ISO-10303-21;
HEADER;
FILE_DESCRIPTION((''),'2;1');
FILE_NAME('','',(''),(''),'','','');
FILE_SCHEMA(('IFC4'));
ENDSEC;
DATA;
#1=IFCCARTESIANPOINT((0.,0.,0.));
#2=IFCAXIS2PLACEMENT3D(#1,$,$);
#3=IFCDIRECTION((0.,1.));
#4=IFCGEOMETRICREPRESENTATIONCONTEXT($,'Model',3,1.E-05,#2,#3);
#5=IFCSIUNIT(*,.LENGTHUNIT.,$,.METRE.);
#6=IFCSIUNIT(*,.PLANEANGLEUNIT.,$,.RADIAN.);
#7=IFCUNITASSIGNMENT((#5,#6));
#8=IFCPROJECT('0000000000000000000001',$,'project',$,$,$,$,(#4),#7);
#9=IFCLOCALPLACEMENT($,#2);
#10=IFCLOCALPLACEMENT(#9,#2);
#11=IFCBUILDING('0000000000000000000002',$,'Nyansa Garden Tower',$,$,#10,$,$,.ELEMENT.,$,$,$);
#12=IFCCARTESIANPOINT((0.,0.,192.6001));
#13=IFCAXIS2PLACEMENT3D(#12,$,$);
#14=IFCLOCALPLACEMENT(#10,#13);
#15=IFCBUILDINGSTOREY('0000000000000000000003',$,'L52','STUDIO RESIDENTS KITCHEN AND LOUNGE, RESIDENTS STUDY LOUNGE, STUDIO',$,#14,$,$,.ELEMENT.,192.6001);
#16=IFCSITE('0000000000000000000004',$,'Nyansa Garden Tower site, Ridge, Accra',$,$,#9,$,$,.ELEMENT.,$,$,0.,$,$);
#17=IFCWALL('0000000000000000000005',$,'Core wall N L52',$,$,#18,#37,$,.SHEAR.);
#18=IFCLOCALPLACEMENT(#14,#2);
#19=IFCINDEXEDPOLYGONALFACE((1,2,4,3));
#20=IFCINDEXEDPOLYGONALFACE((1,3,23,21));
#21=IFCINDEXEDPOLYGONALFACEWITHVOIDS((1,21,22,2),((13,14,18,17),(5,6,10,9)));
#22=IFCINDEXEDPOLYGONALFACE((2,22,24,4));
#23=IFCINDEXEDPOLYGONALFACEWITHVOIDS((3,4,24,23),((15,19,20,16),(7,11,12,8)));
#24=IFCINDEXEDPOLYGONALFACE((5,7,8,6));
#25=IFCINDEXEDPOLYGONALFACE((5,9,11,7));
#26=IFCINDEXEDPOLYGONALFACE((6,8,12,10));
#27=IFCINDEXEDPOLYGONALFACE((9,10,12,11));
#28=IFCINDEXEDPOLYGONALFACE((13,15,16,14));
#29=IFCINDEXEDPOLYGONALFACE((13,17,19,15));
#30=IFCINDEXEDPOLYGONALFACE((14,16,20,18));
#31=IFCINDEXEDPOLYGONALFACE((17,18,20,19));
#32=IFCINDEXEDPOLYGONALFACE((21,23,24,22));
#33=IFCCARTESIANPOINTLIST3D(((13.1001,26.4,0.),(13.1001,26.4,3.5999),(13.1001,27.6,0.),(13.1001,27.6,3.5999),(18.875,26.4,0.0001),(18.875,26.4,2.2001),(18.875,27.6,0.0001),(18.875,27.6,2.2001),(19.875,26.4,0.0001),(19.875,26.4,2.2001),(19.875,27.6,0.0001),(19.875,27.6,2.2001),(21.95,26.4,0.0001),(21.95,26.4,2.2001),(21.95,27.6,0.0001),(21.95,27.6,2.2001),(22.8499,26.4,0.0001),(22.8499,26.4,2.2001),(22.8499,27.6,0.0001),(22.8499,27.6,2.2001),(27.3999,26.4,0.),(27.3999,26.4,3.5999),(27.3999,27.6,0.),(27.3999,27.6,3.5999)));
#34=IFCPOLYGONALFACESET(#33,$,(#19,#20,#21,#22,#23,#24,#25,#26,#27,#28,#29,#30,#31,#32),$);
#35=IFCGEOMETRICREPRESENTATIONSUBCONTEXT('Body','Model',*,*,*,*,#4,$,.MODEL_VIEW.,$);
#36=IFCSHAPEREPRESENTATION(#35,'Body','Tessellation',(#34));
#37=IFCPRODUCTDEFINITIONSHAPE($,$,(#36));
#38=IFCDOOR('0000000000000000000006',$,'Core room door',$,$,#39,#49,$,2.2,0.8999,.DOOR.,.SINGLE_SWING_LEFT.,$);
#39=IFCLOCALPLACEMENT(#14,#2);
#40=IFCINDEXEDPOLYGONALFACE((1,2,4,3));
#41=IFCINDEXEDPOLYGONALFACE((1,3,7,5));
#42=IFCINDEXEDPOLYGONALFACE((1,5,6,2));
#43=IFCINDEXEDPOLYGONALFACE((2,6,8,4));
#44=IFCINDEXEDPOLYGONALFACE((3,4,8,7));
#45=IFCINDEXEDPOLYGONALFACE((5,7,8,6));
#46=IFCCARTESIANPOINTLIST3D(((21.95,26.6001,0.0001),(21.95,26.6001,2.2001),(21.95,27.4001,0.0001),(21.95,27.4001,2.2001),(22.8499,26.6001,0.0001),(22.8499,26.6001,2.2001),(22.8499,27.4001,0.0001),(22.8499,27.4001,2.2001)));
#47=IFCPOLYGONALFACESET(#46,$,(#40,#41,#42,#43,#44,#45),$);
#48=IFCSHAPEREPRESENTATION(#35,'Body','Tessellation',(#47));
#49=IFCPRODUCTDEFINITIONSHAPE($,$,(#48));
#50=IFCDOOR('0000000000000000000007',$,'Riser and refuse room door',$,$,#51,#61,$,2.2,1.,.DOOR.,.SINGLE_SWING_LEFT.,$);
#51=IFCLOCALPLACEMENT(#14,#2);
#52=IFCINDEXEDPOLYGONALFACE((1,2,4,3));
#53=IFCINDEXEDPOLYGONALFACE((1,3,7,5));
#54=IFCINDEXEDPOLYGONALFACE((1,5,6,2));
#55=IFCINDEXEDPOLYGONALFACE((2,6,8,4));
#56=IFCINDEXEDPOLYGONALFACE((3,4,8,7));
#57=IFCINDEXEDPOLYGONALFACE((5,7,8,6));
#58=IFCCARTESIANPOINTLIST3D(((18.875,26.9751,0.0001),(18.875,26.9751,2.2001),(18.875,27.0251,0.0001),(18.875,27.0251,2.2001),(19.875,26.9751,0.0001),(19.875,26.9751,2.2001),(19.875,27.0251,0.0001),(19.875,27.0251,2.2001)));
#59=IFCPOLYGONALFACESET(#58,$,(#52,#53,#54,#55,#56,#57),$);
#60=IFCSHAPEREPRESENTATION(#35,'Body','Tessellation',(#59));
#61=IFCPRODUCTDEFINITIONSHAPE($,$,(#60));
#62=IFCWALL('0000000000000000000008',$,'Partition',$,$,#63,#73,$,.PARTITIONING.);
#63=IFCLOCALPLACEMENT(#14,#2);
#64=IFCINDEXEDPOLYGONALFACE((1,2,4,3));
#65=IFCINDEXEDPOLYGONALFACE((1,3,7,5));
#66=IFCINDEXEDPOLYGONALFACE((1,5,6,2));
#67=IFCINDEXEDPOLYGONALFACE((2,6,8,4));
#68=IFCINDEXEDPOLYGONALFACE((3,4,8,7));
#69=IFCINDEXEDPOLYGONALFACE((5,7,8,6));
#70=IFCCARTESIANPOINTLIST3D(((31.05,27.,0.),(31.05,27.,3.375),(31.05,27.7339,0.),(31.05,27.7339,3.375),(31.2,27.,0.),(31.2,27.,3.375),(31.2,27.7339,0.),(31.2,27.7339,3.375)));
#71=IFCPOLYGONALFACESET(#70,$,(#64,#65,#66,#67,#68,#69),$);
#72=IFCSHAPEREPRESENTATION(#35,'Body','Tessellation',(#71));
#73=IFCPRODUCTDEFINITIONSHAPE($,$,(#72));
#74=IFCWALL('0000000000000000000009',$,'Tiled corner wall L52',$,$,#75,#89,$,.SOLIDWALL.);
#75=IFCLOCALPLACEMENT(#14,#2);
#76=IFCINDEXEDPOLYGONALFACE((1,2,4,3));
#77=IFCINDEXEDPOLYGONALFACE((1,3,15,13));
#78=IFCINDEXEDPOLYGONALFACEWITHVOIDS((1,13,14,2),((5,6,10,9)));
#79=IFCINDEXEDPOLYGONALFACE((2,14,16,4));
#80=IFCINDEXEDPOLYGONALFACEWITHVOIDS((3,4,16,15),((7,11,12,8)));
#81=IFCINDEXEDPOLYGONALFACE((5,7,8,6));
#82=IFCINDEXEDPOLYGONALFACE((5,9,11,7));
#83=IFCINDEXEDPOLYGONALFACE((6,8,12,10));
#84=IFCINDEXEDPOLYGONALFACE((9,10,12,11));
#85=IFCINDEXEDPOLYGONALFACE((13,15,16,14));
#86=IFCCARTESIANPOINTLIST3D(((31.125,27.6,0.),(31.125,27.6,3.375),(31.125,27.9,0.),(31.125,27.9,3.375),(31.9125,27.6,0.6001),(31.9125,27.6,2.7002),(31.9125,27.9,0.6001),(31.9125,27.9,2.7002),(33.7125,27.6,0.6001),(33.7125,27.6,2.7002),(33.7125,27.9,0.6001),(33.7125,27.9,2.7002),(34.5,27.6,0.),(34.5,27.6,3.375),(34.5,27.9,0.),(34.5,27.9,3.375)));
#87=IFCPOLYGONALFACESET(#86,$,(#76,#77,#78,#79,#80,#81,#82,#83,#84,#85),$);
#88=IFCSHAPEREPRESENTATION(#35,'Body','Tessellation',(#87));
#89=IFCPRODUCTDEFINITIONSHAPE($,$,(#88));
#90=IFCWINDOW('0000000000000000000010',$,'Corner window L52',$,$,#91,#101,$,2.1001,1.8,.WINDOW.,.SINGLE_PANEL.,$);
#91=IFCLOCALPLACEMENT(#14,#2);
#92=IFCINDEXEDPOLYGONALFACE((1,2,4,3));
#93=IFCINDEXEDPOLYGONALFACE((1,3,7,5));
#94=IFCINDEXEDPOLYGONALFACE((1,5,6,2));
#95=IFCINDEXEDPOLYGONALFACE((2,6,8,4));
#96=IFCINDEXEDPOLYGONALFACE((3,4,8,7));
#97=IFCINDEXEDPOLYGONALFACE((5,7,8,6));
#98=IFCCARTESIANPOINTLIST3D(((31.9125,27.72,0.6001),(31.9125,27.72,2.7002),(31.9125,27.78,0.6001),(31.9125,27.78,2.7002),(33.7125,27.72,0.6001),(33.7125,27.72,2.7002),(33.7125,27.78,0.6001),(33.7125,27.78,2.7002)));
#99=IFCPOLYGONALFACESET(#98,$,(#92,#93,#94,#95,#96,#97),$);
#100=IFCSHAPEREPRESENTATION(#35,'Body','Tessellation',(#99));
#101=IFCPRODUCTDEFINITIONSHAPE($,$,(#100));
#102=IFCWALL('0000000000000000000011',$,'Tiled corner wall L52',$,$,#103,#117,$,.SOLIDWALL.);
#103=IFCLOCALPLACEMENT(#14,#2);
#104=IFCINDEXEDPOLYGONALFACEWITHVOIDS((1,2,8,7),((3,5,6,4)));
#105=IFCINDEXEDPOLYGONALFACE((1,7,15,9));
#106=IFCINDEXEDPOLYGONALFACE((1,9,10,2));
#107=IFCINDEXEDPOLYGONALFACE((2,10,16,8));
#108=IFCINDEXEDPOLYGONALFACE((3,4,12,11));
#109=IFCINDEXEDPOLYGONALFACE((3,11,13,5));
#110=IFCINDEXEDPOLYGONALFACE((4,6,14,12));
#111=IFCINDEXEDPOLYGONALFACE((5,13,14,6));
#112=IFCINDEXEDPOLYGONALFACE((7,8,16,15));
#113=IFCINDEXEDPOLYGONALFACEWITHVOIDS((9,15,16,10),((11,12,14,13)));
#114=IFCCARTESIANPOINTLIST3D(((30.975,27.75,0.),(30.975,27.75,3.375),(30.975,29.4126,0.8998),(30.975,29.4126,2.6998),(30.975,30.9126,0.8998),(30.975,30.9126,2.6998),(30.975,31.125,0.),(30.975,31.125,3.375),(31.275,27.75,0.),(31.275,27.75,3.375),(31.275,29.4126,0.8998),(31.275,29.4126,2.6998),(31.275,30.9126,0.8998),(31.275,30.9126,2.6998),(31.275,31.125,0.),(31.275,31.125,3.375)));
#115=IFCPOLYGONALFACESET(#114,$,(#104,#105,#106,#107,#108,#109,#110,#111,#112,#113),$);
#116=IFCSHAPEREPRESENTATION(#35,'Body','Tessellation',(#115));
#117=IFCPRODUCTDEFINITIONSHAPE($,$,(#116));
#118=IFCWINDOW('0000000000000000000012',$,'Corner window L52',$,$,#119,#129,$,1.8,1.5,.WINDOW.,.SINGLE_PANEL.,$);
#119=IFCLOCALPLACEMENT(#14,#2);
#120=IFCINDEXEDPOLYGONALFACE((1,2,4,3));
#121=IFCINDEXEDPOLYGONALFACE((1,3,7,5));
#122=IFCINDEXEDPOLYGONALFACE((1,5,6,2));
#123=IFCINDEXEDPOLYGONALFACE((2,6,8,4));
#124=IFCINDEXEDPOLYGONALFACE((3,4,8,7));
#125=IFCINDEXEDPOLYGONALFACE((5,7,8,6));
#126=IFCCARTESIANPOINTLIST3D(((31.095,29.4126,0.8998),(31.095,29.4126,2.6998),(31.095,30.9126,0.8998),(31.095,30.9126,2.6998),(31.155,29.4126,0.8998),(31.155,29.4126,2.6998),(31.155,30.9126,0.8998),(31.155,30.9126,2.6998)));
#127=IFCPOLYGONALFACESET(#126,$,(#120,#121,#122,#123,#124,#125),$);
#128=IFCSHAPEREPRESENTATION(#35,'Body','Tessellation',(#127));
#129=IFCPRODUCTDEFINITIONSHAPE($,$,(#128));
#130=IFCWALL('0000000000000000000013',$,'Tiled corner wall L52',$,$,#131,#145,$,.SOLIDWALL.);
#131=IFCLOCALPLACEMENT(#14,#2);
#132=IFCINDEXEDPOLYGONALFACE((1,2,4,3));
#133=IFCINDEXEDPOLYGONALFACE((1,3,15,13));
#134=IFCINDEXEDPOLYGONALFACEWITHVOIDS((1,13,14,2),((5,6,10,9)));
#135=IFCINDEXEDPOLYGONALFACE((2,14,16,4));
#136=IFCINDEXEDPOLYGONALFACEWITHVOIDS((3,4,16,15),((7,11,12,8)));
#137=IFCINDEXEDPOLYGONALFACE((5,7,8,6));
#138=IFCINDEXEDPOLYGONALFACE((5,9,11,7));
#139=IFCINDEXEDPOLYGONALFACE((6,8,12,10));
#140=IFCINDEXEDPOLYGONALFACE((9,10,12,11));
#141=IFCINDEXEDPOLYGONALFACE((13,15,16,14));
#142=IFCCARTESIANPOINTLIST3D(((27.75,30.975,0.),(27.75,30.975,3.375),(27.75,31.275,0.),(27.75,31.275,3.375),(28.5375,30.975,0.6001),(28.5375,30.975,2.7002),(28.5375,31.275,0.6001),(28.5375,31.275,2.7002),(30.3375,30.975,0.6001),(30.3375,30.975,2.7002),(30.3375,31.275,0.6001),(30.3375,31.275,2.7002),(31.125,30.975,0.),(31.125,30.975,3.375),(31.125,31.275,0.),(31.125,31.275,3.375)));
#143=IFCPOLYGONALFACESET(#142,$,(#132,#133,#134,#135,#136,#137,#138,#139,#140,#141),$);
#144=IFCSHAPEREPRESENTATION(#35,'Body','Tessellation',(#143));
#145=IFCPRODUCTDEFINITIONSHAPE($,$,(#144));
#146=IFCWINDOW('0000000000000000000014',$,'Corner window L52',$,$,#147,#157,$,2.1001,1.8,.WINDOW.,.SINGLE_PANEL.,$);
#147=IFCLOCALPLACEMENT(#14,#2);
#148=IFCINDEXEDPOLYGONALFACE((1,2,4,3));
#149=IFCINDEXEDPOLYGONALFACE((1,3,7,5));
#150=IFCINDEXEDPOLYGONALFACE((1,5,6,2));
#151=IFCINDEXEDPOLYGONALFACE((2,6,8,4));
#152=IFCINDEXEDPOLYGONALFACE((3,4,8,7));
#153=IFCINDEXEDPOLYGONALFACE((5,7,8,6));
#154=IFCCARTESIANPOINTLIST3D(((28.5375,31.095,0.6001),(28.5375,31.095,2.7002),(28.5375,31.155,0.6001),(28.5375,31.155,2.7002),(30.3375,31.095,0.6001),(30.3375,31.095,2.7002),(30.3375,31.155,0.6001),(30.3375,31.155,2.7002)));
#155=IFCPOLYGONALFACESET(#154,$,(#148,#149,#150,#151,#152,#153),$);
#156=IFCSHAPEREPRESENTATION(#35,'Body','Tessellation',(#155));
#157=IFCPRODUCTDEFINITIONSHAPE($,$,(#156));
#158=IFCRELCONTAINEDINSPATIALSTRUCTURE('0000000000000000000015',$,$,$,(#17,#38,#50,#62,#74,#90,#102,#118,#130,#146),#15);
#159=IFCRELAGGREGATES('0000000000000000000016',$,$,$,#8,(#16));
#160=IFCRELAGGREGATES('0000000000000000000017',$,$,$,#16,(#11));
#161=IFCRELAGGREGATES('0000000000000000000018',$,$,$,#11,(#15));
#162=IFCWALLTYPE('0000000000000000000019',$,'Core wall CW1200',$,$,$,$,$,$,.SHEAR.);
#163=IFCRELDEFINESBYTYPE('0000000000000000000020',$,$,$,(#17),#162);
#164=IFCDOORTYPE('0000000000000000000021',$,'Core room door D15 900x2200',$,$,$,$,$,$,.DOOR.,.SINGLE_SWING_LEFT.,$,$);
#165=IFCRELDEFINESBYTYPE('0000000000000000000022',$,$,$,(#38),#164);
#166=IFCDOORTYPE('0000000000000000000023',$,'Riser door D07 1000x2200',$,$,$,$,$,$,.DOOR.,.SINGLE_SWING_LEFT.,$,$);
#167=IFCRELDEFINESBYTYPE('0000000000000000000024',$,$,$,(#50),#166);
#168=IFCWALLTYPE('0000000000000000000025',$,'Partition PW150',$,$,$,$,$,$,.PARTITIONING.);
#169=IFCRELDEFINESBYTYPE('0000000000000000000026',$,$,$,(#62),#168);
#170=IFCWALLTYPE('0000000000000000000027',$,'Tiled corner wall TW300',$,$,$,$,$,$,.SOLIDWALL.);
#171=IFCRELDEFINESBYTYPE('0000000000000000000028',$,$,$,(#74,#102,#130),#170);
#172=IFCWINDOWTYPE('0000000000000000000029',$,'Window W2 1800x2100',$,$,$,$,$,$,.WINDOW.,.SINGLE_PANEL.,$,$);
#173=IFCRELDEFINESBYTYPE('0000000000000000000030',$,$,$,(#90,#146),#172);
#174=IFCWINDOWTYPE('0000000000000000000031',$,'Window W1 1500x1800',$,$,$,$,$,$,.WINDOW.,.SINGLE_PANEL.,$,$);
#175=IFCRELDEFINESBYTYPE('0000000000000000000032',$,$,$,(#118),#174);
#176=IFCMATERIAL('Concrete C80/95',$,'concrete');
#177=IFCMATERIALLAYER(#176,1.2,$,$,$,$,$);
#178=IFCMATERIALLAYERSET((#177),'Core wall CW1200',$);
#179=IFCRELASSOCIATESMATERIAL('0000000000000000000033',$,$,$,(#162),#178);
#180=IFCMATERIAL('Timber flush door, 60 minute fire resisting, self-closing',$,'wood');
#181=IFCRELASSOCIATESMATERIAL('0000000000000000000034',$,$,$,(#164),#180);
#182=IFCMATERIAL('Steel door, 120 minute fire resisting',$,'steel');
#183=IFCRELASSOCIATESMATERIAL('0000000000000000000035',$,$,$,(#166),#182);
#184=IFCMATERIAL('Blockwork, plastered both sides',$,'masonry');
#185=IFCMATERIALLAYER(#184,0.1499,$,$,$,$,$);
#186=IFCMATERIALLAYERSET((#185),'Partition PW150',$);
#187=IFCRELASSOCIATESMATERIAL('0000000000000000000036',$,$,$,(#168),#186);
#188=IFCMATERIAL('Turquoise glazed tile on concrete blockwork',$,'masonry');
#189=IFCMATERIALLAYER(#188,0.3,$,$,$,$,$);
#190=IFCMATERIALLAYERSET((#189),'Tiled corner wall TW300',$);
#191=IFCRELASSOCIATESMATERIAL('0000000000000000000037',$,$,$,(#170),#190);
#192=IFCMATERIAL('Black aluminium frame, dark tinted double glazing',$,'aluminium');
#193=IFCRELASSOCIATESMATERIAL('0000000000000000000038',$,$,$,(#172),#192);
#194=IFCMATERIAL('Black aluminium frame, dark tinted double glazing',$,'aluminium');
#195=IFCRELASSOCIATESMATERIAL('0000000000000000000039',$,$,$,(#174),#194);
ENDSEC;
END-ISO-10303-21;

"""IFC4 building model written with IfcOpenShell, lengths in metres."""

from ifc_helpers import new_model, si_unit, direction, frame, frame_2d, origin, place, context, subcontext, project, spatial, rectangle, extrude, material, layer, layer_set, type_object, element, fill, save


model = new_model("IFC4")

# Units and contexts
model_context = context("Model", 3, precision=1e-05, world=origin(), true_north=direction((0.0, 1.0)))
body_context = subcontext(model_context, "Body", "Model", "MODEL_VIEW")
ifc_project = project(units=[si_unit("LENGTHUNIT", "METRE"), si_unit("PLANEANGLEUNIT", "RADIAN")], contexts=[model_context])

# Site, building, storey
site_placement = place(None, origin())
site = spatial("IfcSite", under=ifc_project, at=site_placement, Name="Nyansa Garden Tower site, Ridge, Accra", CompositionType="ELEMENT", RefElevation=0.0)
building_placement = place(site_placement, origin())
building = spatial("IfcBuilding", under=site, at=building_placement, Name="Nyansa Garden Tower", CompositionType="ELEMENT")
storey_placement = place(building_placement, frame((0.0, 0.0, 192.6001)))
storey = spatial("IfcBuildingStorey", under=building, at=storey_placement, Name="L52", Description="STUDIO RESIDENTS KITCHEN AND LOUNGE, RESIDENTS STUDY LOUNGE, STUDIO", CompositionType="ELEMENT", Elevation=192.6001)

# Wall, openings, doors
ifc_material_1 = material(Name="Concrete C80/95", Category="concrete")
ifc_layer_1 = layer(ifc_material_1, 1.2)
ifc_layer_set_1 = layer_set([ifc_layer_1], Name="Core wall CW1200")
wall_type_1 = type_object("IfcWallType", Name="Core wall CW1200", PredefinedType="SHEAR", material=ifc_layer_set_1)
wall_1_placement = place(storey_placement, frame((27.3999, 27.0, 0.0), z_axis=(0.0, 0.0, 1.0), x_axis=(-1.0, 0.0, 0.0)))
wall_1 = element("IfcWall", 1, at=wall_1_placement, inside=storey, type_object=wall_type_1, Name="Core wall N L52", PredefinedType="SHEAR", context=body_context, shape_type="SweptSolid", body=[
    extrude(rectangle(XDim=14.2998, YDim=1.2, at=frame_2d((7.1499, 0.0))), origin(), (0.0, 0.0, 1.0), 3.5999),
])
opening_1_placement = place(wall_1_placement, frame((4.55, 0.0, 0.0)))
opening_1 = element("IfcOpeningElement", 2, at=opening_1_placement, cuts=wall_1, PredefinedType="OPENING", context=body_context, shape_type="SweptSolid", body=[
    extrude(rectangle(XDim=0.8999, YDim=2.2, at=frame_2d((0.45, 1.1001))), frame((0.0, 0.6099, 0.0), z_axis=(0.0, -1.0, 0.0), x_axis=(1.0, 0.0, 0.0)), (0.0, 0.0, 1.0), 1.22),
])
opening_2_placement = place(wall_1_placement, frame((7.5249, 0.0, 0.0)))
opening_2 = element("IfcOpeningElement", 3, at=opening_2_placement, cuts=wall_1, PredefinedType="OPENING", context=body_context, shape_type="SweptSolid", body=[
    extrude(rectangle(XDim=1.0, YDim=2.2, at=frame_2d((0.5, 1.1001))), frame((0.0, 0.6099, 0.0), z_axis=(0.0, -1.0, 0.0), x_axis=(1.0, 0.0, 0.0)), (0.0, 0.0, 1.0), 1.22),
])
ifc_material_2 = material(Name="Timber flush door, 60 minute fire resisting, self-closing", Category="wood")
door_type_1 = type_object("IfcDoorType", Name="Core room door D15 900x2200", OperationType="SINGLE_SWING_LEFT", PredefinedType="DOOR", material=ifc_material_2)
door_1_placement = place(opening_1_placement, origin())
door_1 = element("IfcDoor", 4, at=door_1_placement, inside=storey, type_object=door_type_1, Name="Core room door", OperationType="SINGLE_SWING_LEFT", OverallHeight=2.2, OverallWidth=0.8999, PredefinedType="DOOR", context=body_context, shape_type="SweptSolid", body=[
    extrude(rectangle(XDim=0.8999, YDim=2.2, at=frame_2d((0.45, 1.1001))), frame((0.0, 0.3999, 0.0), z_axis=(0.0, -1.0, 0.0), x_axis=(1.0, 0.0, 0.0)), (0.0, 0.0, 1.0), 0.8),
])
fill(opening_1, door_1)
ifc_material_3 = material(Name="Steel door, 120 minute fire resisting", Category="steel")
door_type_2 = type_object("IfcDoorType", Name="Riser door D07 1000x2200", OperationType="SINGLE_SWING_LEFT", PredefinedType="DOOR", material=ifc_material_3)
door_2_placement = place(opening_2_placement, origin())
door_2 = element("IfcDoor", 5, at=door_2_placement, inside=storey, type_object=door_type_2, Name="Riser and refuse room door", OperationType="SINGLE_SWING_LEFT", OverallHeight=2.2, OverallWidth=1.0, PredefinedType="DOOR", context=body_context, shape_type="SweptSolid", body=[
    extrude(rectangle(XDim=1.0, YDim=2.2, at=frame_2d((0.5, 1.1001))), frame((0.0, 0.0249, 0.0), z_axis=(0.0, -1.0, 0.0), x_axis=(1.0, 0.0, 0.0)), (0.0, 0.0, 1.0), 0.05),
])
fill(opening_2, door_2)

# Wall
ifc_material_4 = material(Name="Blockwork, plastered both sides", Category="masonry")
ifc_layer_2 = layer(ifc_material_4, 0.1499)
ifc_layer_set_2 = layer_set([ifc_layer_2], Name="Partition PW150")
wall_type_2 = type_object("IfcWallType", Name="Partition PW150", PredefinedType="PARTITIONING", material=ifc_layer_set_2)
wall_2_placement = place(storey_placement, frame((31.125, 27.0, 0.0), z_axis=(0.0, 0.0, 1.0), x_axis=(0.0, 1.0, 0.0)))
element("IfcWall", 6, at=wall_2_placement, inside=storey, type_object=wall_type_2, Name="Partition", PredefinedType="PARTITIONING", context=body_context, shape_type="SweptSolid", body=[
    extrude(rectangle(XDim=0.7339, YDim=0.1499, at=frame_2d((0.3669, 0.0))), origin(), (0.0, 0.0, 1.0), 3.375),
])

# Walls, openings, windows
ifc_material_5 = material(Name="Turquoise glazed tile on concrete blockwork", Category="masonry")
ifc_layer_3 = layer(ifc_material_5, 0.3)
ifc_layer_set_3 = layer_set([ifc_layer_3], Name="Tiled corner wall TW300")
wall_type_3 = type_object("IfcWallType", Name="Tiled corner wall TW300", PredefinedType="SOLIDWALL", material=ifc_layer_set_3)
wall_3_placement = place(storey_placement, frame((34.5, 27.75, 0.0), z_axis=(0.0, 0.0, 1.0), x_axis=(-1.0, 0.0, 0.0)))
wall_3 = element("IfcWall", 7, at=wall_3_placement, inside=storey, type_object=wall_type_3, Name="Tiled corner wall L52", PredefinedType="SOLIDWALL", context=body_context, shape_type="SweptSolid", body=[
    extrude(rectangle(XDim=3.375, YDim=0.3, at=frame_2d((1.6875, 0.0))), origin(), (0.0, 0.0, 1.0), 3.375),
])
opening_3_placement = place(wall_3_placement, frame((0.7876, 0.0, 0.6001)))
opening_3 = element("IfcOpeningElement", 8, at=opening_3_placement, cuts=wall_3, PredefinedType="OPENING", context=body_context, shape_type="SweptSolid", body=[
    extrude(rectangle(XDim=1.8, YDim=2.1001, at=frame_2d((0.8999, 1.05))), frame((0.0, 0.1599, 0.0), z_axis=(0.0, -1.0, 0.0), x_axis=(1.0, 0.0, 0.0)), (0.0, 0.0, 1.0), 0.3201),
])
ifc_material_6 = material(Name="Black aluminium frame, dark tinted double glazing", Category="aluminium")
window_type_1 = type_object("IfcWindowType", Name="Window W2 1800x2100", PartitioningType="SINGLE_PANEL", PredefinedType="WINDOW", material=ifc_material_6)
window_1_placement = place(opening_3_placement, origin())
window_1 = element("IfcWindow", 9, at=window_1_placement, inside=storey, type_object=window_type_1, Name="Corner window L52", OverallHeight=2.1001, OverallWidth=1.8, PartitioningType="SINGLE_PANEL", PredefinedType="WINDOW", context=body_context, shape_type="SweptSolid", body=[
    extrude(rectangle(XDim=1.8, YDim=2.1001, at=frame_2d((0.8999, 1.05))), frame((0.0, 0.03, 0.0), z_axis=(0.0, -1.0, 0.0), x_axis=(1.0, 0.0, 0.0)), (0.0, 0.0, 1.0), 0.0601),
])
fill(opening_3, window_1)
wall_4_placement = place(storey_placement, frame((31.125, 27.75, 0.0), z_axis=(0.0, 0.0, 1.0), x_axis=(0.0, 1.0, 0.0)))
wall_4 = element("IfcWall", 10, at=wall_4_placement, inside=storey, type_object=wall_type_3, Name="Tiled corner wall L52", PredefinedType="SOLIDWALL", context=body_context, shape_type="SweptSolid", body=[
    extrude(rectangle(XDim=3.375, YDim=0.3, at=frame_2d((1.6875, 0.0))), origin(), (0.0, 0.0, 1.0), 3.375),
])
opening_4_placement = place(wall_4_placement, frame((1.6626, 0.0, 0.8999)))
opening_4 = element("IfcOpeningElement", 11, at=opening_4_placement, cuts=wall_4, PredefinedType="OPENING", context=body_context, shape_type="SweptSolid", body=[
    extrude(rectangle(XDim=1.5, YDim=1.8, at=frame_2d((0.75, 0.8999))), frame((0.0, 0.1599, 0.0), z_axis=(0.0, -1.0, 0.0), x_axis=(1.0, 0.0, 0.0)), (0.0, 0.0, 1.0), 0.3201),
])
ifc_material_7 = material(Name="Black aluminium frame, dark tinted double glazing", Category="aluminium")
window_type_2 = type_object("IfcWindowType", Name="Window W1 1500x1800", PartitioningType="SINGLE_PANEL", PredefinedType="WINDOW", material=ifc_material_7)
window_2_placement = place(opening_4_placement, origin())
window_2 = element("IfcWindow", 12, at=window_2_placement, inside=storey, type_object=window_type_2, Name="Corner window L52", OverallHeight=1.8, OverallWidth=1.5, PartitioningType="SINGLE_PANEL", PredefinedType="WINDOW", context=body_context, shape_type="SweptSolid", body=[
    extrude(rectangle(XDim=1.5, YDim=1.8, at=frame_2d((0.75, 0.8999))), frame((0.0, 0.03, 0.0), z_axis=(0.0, -1.0, 0.0), x_axis=(1.0, 0.0, 0.0)), (0.0, 0.0, 1.0), 0.0601),
])
fill(opening_4, window_2)
wall_5_placement = place(storey_placement, frame((31.125, 31.125, 0.0), z_axis=(0.0, 0.0, 1.0), x_axis=(-1.0, 0.0, 0.0)))
wall_5 = element("IfcWall", 13, at=wall_5_placement, inside=storey, type_object=wall_type_3, Name="Tiled corner wall L52", PredefinedType="SOLIDWALL", context=body_context, shape_type="SweptSolid", body=[
    extrude(rectangle(XDim=3.375, YDim=0.3, at=frame_2d((1.6875, 0.0))), origin(), (0.0, 0.0, 1.0), 3.375),
])
opening_5_placement = place(wall_5_placement, frame((0.7876, 0.0, 0.6001)))
opening_5 = element("IfcOpeningElement", 14, at=opening_5_placement, cuts=wall_5, PredefinedType="OPENING", context=body_context, shape_type="SweptSolid", body=[
    extrude(rectangle(XDim=1.8, YDim=2.1001, at=frame_2d((0.8999, 1.05))), frame((0.0, 0.1599, 0.0), z_axis=(0.0, -1.0, 0.0), x_axis=(1.0, 0.0, 0.0)), (0.0, 0.0, 1.0), 0.3201),
])
window_3_placement = place(opening_5_placement, origin())
window_3 = element("IfcWindow", 15, at=window_3_placement, inside=storey, type_object=window_type_1, Name="Corner window L52", OverallHeight=2.1001, OverallWidth=1.8, PartitioningType="SINGLE_PANEL", PredefinedType="WINDOW", context=body_context, shape_type="SweptSolid", body=[
    extrude(rectangle(XDim=1.8, YDim=2.1001, at=frame_2d((0.8999, 1.05))), frame((0.0, 0.03, 0.0), z_axis=(0.0, -1.0, 0.0), x_axis=(1.0, 0.0, 0.0)), (0.0, 0.0, 1.0), 0.0601),
])
fill(opening_5, window_3)

save(model, "model.ifc")
